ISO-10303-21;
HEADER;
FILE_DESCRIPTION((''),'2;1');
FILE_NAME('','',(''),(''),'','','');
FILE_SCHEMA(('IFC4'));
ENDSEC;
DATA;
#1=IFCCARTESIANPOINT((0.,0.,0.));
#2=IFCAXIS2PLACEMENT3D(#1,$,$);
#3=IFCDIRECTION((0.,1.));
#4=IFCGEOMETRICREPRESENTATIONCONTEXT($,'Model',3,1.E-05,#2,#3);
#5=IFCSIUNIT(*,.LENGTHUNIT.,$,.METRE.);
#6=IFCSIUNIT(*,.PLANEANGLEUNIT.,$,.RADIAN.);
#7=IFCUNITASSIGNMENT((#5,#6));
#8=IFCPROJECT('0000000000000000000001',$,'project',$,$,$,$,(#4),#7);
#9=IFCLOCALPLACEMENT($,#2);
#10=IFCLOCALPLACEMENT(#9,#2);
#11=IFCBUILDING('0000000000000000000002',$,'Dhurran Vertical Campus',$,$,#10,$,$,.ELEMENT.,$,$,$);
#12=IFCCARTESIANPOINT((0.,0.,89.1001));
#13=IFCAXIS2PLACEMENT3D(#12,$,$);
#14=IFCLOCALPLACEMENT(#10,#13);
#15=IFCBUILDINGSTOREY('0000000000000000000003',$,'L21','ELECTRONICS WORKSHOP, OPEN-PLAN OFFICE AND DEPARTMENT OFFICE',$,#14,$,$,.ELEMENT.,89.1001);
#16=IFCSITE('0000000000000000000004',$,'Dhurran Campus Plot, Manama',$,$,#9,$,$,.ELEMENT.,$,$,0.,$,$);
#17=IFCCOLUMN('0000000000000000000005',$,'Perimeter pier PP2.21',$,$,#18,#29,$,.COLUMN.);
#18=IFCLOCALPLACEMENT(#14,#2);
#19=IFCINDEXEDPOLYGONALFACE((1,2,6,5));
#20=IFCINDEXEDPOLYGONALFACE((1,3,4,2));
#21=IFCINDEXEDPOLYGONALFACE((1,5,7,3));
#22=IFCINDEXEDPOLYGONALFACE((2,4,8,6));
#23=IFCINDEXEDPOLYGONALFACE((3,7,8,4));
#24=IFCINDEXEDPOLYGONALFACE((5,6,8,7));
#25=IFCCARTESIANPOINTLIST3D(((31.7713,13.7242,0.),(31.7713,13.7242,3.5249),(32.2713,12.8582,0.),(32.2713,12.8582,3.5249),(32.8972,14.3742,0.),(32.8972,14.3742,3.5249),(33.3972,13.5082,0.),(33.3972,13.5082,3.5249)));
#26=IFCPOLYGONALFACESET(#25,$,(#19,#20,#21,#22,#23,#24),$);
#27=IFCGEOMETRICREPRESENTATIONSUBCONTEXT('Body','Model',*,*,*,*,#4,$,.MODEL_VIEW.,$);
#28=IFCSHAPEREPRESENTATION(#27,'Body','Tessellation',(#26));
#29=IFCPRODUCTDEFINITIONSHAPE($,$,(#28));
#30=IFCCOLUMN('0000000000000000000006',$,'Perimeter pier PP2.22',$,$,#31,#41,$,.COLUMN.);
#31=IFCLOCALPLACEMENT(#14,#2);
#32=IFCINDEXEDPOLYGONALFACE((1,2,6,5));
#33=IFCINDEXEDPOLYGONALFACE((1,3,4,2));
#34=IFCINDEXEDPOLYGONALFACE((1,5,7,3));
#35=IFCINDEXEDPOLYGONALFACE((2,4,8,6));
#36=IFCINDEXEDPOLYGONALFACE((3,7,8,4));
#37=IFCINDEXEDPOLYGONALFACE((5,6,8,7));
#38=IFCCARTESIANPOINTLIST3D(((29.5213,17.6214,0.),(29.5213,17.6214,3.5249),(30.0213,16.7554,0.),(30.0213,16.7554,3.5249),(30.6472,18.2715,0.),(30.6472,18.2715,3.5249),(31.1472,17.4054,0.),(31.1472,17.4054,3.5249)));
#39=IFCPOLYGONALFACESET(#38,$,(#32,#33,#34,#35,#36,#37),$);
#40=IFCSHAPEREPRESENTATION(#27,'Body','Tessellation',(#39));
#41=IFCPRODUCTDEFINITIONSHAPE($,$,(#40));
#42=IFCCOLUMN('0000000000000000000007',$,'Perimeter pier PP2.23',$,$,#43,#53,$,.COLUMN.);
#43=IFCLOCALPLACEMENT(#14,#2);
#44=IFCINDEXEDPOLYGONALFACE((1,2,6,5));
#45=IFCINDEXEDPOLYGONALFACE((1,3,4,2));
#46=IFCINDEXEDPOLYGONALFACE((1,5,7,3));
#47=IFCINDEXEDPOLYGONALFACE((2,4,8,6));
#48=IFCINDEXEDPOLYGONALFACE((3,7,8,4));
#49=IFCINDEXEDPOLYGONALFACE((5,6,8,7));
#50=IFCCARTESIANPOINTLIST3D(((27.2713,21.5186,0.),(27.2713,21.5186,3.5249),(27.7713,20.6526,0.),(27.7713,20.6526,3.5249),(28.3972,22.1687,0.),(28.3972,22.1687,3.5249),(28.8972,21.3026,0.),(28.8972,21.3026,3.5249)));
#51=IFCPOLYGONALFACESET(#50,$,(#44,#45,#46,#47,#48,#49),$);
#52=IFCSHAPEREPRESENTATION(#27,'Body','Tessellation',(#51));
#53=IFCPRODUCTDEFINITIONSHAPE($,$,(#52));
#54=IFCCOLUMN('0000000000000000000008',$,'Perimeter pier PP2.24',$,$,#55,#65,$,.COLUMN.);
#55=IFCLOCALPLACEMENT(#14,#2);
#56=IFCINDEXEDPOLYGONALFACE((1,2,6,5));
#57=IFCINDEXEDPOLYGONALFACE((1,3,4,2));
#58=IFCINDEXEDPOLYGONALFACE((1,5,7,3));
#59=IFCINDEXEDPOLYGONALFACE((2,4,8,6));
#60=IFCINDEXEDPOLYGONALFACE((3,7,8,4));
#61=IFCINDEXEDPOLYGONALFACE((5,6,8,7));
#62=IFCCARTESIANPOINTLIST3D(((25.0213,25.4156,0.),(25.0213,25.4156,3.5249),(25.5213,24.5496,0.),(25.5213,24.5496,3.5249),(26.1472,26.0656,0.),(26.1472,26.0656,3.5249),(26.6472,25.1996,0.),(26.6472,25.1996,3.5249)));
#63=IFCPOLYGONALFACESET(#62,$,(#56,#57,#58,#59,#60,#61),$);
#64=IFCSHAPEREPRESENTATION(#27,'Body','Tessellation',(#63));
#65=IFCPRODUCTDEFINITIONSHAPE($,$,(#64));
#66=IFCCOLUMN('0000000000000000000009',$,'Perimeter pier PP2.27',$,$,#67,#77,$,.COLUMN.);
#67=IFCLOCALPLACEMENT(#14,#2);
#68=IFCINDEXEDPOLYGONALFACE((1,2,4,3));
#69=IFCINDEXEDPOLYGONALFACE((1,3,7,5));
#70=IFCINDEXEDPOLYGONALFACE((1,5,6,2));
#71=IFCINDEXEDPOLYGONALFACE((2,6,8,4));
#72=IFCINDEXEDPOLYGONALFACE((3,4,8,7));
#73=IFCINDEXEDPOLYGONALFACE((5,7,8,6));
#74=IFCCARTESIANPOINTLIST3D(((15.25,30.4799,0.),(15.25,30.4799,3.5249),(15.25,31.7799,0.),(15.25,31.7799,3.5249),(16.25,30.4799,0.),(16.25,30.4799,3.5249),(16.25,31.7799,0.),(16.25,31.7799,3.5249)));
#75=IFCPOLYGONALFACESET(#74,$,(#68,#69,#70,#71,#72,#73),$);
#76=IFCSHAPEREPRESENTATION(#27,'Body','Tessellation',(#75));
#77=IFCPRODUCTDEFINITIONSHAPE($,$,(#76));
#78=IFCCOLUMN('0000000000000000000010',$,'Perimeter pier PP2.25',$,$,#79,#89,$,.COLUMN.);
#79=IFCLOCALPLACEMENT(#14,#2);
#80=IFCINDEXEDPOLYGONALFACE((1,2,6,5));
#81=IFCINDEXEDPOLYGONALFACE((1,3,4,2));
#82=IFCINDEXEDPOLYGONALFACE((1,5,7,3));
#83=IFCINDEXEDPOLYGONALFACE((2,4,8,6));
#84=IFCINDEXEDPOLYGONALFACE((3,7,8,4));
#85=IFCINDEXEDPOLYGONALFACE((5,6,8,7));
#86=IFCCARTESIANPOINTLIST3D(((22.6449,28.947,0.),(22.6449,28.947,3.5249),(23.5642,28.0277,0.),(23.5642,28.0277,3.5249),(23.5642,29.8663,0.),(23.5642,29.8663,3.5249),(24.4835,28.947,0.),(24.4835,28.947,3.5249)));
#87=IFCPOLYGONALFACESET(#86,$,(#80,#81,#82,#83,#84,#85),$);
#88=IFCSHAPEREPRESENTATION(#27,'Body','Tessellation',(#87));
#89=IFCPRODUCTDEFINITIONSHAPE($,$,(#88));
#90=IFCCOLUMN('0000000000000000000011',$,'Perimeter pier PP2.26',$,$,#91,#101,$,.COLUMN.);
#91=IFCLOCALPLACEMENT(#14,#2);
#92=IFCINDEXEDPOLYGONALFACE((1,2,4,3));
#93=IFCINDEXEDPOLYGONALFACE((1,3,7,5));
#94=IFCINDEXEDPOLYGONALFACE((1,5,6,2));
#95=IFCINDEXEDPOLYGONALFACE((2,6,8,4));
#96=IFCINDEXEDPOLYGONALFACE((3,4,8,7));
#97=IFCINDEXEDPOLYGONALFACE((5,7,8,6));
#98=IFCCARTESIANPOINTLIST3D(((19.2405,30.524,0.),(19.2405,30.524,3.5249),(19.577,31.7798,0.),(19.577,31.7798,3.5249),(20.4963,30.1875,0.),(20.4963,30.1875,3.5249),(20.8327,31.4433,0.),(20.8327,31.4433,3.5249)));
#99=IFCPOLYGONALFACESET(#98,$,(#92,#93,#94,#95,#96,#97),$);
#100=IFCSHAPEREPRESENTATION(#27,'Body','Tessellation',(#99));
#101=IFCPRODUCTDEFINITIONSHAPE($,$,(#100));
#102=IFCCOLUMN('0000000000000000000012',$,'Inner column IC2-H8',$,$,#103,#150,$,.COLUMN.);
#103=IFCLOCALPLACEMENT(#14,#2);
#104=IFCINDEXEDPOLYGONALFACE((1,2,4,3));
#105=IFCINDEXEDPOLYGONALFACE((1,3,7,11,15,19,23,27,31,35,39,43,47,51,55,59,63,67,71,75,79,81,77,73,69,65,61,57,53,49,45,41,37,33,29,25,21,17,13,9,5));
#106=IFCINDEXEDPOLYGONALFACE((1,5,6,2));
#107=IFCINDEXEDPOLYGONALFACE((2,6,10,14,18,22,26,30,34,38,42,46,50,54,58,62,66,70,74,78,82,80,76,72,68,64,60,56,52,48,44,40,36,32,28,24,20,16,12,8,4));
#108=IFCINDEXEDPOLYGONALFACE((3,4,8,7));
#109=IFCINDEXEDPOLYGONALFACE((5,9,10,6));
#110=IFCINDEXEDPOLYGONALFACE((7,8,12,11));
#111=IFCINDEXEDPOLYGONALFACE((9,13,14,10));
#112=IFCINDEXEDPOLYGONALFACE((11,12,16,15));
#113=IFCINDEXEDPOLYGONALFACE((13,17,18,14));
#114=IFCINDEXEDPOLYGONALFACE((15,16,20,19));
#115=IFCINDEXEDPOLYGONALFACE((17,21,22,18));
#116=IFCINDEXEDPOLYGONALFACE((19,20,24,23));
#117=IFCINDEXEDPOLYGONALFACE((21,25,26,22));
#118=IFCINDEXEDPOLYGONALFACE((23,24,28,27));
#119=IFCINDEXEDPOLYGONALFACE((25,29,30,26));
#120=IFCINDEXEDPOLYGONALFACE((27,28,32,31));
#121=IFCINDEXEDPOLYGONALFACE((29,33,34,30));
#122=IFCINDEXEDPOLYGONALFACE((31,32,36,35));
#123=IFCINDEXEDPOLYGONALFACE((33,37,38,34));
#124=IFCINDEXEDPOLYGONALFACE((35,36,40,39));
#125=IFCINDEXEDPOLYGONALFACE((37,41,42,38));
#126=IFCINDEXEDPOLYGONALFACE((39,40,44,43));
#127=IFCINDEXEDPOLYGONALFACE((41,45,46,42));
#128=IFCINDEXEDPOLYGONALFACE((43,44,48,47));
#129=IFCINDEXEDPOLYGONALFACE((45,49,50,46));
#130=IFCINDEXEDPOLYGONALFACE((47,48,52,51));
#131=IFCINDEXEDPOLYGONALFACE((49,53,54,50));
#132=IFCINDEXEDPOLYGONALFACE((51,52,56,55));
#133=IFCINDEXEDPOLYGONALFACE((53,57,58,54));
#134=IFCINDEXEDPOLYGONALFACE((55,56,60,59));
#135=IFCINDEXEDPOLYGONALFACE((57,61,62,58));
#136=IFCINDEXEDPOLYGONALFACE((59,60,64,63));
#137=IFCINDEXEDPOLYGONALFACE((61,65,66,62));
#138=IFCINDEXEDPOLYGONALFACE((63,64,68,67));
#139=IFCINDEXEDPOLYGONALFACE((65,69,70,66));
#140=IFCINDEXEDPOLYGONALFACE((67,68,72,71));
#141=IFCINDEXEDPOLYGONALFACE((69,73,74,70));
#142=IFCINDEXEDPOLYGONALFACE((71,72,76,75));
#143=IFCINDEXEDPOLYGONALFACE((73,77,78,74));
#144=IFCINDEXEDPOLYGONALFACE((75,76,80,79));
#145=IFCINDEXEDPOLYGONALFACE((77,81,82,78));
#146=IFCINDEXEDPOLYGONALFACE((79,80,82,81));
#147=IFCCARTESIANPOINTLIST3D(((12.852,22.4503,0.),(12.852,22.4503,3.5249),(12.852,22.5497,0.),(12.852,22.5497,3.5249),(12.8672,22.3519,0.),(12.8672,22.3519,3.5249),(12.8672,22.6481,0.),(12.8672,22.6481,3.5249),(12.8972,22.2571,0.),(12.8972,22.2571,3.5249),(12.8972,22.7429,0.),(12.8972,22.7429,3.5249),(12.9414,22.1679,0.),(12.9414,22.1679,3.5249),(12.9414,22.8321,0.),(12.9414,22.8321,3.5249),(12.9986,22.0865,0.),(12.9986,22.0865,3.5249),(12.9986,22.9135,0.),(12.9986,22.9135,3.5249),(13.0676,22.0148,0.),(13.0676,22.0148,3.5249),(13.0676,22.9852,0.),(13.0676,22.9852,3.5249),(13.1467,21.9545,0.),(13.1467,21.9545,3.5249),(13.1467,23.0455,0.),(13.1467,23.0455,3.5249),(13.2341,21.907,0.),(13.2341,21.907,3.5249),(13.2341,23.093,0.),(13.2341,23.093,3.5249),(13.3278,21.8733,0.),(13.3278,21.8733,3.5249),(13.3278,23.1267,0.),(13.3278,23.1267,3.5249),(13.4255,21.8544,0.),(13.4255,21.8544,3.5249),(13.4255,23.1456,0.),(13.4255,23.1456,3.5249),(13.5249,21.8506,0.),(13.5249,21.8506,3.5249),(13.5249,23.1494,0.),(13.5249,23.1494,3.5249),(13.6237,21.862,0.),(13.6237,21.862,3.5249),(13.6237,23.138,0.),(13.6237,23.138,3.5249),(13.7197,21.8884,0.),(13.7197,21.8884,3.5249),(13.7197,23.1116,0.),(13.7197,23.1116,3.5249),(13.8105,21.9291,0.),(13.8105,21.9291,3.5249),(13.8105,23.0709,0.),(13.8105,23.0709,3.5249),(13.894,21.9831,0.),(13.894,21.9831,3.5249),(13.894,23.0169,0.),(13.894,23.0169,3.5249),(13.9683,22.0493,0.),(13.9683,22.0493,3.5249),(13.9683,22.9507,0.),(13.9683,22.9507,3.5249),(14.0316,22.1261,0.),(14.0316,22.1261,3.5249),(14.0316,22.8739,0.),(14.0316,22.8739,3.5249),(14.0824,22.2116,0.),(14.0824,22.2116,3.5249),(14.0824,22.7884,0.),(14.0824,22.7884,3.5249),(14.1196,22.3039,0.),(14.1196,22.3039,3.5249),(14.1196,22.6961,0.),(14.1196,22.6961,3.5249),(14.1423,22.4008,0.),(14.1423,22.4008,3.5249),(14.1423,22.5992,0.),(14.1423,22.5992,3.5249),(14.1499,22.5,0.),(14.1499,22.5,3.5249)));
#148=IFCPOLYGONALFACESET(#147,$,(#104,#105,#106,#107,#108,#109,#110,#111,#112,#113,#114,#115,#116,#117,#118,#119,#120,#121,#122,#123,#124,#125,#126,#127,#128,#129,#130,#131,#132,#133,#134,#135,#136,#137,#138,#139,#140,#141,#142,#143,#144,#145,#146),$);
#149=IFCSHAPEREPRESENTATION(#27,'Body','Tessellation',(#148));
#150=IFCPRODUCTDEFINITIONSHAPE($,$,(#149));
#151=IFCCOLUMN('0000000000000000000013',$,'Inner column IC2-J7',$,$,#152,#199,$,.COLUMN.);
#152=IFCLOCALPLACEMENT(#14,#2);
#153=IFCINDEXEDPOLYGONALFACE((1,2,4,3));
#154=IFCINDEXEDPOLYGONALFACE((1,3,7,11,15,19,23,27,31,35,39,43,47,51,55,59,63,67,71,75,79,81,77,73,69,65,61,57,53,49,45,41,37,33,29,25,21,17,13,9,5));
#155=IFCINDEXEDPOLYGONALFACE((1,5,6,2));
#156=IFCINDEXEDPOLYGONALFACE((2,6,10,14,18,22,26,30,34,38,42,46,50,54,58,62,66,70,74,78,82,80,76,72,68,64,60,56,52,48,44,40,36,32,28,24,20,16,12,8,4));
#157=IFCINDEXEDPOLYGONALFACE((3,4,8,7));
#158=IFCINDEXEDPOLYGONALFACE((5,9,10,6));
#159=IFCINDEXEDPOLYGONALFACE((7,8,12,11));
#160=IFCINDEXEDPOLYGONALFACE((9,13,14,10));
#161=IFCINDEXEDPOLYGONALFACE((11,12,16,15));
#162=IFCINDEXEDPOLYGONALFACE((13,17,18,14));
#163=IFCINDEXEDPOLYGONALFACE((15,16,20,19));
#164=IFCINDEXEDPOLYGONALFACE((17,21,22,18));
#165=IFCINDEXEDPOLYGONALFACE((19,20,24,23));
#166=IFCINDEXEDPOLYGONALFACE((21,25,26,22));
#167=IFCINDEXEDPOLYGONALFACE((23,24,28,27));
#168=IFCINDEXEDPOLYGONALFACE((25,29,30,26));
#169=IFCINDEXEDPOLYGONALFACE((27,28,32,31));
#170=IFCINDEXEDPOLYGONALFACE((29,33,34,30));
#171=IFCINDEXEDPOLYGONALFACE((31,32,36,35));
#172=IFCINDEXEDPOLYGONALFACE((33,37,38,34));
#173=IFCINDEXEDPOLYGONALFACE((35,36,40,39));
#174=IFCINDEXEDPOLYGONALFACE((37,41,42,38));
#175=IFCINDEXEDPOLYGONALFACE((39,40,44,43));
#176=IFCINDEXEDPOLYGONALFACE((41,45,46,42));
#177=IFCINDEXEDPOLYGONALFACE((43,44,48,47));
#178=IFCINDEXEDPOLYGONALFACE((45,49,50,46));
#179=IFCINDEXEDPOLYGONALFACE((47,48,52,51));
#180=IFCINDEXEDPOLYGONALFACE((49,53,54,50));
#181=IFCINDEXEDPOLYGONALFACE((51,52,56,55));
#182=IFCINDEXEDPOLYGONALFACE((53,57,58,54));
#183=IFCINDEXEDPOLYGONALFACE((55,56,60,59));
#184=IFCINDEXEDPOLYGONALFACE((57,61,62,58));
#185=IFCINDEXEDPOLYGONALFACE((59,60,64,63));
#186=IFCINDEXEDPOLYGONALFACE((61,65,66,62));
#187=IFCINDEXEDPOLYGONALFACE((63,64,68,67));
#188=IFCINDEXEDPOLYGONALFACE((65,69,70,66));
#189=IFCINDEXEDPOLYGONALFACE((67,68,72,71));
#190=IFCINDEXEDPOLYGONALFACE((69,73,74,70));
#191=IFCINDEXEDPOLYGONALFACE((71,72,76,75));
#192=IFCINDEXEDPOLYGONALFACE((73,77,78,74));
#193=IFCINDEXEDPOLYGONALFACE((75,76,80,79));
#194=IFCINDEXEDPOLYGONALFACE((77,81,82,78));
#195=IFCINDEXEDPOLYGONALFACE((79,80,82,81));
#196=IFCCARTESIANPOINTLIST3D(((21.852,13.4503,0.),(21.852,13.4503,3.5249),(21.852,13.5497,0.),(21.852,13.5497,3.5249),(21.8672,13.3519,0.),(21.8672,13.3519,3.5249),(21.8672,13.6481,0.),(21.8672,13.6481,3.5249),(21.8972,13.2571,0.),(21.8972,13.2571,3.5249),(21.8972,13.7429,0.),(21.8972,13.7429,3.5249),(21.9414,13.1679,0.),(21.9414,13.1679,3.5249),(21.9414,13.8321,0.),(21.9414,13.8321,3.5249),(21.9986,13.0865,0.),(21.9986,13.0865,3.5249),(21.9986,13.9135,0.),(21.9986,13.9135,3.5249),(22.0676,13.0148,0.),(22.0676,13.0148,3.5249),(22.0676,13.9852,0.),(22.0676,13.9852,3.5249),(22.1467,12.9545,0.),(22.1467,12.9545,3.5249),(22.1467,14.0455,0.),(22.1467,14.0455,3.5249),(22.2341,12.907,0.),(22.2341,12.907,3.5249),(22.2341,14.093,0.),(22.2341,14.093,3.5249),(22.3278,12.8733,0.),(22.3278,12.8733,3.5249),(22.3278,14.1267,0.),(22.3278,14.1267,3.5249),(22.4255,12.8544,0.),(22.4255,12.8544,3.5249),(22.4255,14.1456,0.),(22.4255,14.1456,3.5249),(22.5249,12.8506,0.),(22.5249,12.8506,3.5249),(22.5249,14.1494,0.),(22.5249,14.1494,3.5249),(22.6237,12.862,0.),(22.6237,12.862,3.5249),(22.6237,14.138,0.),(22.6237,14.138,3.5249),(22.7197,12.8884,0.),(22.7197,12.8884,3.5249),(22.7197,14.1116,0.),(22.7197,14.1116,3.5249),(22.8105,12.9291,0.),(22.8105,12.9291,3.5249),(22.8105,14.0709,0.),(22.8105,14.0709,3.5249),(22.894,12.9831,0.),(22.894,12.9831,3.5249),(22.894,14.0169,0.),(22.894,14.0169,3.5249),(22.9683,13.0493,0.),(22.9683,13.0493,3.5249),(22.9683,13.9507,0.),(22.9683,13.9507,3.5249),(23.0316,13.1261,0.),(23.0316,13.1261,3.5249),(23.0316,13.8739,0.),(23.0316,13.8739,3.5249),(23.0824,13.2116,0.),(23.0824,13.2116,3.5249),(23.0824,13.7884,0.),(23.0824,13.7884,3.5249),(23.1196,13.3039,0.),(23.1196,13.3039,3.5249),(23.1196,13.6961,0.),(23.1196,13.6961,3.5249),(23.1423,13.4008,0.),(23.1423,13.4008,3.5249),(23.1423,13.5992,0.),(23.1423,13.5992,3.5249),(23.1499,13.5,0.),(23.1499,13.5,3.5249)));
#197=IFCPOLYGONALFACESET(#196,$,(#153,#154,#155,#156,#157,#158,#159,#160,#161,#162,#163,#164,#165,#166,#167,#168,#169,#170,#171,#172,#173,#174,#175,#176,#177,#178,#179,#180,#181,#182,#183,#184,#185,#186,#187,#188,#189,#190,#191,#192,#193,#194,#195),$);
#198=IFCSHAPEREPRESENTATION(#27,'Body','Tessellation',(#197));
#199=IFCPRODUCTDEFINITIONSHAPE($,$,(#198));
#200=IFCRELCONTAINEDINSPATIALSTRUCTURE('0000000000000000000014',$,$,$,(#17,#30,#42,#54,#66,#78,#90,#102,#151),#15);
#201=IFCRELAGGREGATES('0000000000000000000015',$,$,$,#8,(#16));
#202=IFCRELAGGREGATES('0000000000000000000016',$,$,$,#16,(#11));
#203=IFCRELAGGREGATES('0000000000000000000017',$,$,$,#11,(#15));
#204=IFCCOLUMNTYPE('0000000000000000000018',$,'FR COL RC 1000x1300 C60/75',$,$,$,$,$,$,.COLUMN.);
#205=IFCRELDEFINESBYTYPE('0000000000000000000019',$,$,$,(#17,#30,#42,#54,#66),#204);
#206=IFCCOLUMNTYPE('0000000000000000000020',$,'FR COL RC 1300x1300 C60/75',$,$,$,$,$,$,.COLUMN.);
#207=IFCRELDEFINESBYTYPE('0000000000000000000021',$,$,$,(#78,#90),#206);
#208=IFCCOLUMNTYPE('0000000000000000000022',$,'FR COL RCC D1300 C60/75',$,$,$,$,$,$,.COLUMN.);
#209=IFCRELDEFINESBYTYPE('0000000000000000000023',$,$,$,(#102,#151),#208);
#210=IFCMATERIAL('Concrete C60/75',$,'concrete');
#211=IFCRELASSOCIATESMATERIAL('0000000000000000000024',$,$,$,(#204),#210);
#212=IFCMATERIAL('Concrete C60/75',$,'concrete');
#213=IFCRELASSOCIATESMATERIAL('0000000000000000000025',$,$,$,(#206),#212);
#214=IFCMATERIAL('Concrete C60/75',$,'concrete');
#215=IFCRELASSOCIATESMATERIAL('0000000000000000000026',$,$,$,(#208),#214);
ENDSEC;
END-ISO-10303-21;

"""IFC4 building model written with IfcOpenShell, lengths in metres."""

from ifc_helpers import new_model, si_unit, direction, frame, origin, origin_2d, place, context, subcontext, project, spatial, rectangle, circle, extrude, material, material_profile, profile_set, type_object, element, save


model = new_model("IFC4")

# Units and contexts
model_context = context("Model", 3, precision=1e-05, world=origin(), true_north=direction((0.0, 1.0)))
body_context = subcontext(model_context, "Body", "Model", "MODEL_VIEW")
ifc_project = project(units=[si_unit("LENGTHUNIT", "METRE"), si_unit("PLANEANGLEUNIT", "RADIAN")], contexts=[model_context])

# Site, building, storey
site_placement = place(None, origin())
site = spatial("IfcSite", under=ifc_project, at=site_placement, Name="Dhurran Campus Plot, Manama", CompositionType="ELEMENT", RefElevation=0.0)
building_placement = place(site_placement, origin())
building = spatial("IfcBuilding", under=site, at=building_placement, Name="Dhurran Vertical Campus", CompositionType="ELEMENT")
storey_placement = place(building_placement, frame((0.0, 0.0, 89.1001)))
storey = spatial("IfcBuildingStorey", under=building, at=storey_placement, Name="L21", Description="ELECTRONICS WORKSHOP, OPEN-PLAN OFFICE AND DEPARTMENT OFFICE", CompositionType="ELEMENT", Elevation=89.1001)

# Columns
ifc_material_1 = material(Name="Concrete C60/75", Category="concrete")
ifc_material_profile_1 = material_profile(ifc_material_1, rectangle(XDim=1.0, YDim=1.3, at=origin_2d()), Name="RC 1000x1300")
ifc_profile_set_1 = profile_set([ifc_material_profile_1], Name="Concrete C60/75")
column_type_1 = type_object("IfcColumnType", Name="FR COL RC 1000x1300 C60/75", PredefinedType="COLUMN", material=ifc_profile_set_1)
for number, where, z_axis, x_axis, name in (
    (1, (32.5842, 13.6162, 0.0), (0.0, 0.0, 1.0), (-0.5, 0.866025, 0.0), "Perimeter pier PP2.21"),
    (2, (30.3342, 17.5134, 0.0), (0.0, 0.0, 1.0), (-0.5, 0.866025, 0.0), "Perimeter pier PP2.22"),
    (3, (28.0842, 21.4106, 0.0), (0.0, 0.0, 1.0), (-0.5, 0.866025, 0.0), "Perimeter pier PP2.23"),
    (4, (25.8342, 25.3076, 0.0), (0.0, 0.0, 1.0), (-0.5, 0.866025, 0.0), "Perimeter pier PP2.24"),
    (5, (15.75, 31.1299, 0.0), (0.0, 0.0, 1.0), (-1.0, 0.0, 0.0), "Perimeter pier PP2.27"),
):
    element("IfcColumn", number, at=place(storey_placement, frame(where, z_axis=z_axis, x_axis=x_axis)), inside=storey, type_object=column_type_1, Name=name, PredefinedType="COLUMN", context=body_context, shape_type="SweptSolid", body=[
        extrude(rectangle(XDim=1.0, YDim=1.3, at=origin_2d()), origin(), (0.0, 0.0, 1.0), 3.5249),
    ])
ifc_material_2 = material(Name="Concrete C60/75", Category="concrete")
ifc_material_profile_2 = material_profile(ifc_material_2, rectangle(XDim=1.3, YDim=1.3, at=origin_2d()), Name="RC 1300x1300")
ifc_profile_set_2 = profile_set([ifc_material_profile_2], Name="Concrete C60/75")
column_type_2 = type_object("IfcColumnType", Name="FR COL RC 1300x1300 C60/75", PredefinedType="COLUMN", material=ifc_profile_set_2)
for number, where, z_axis, x_axis, name in (
    (6, (23.5642, 28.947, 0.0), (0.0, 0.0, 1.0), (-0.707107, 0.707107, 0.0), "Perimeter pier PP2.25"),
    (7, (20.0366, 30.9836, 0.0), (0.0, 0.0, 1.0), (-0.965926, 0.258819, 0.0), "Perimeter pier PP2.26"),
):
    element("IfcColumn", number, at=place(storey_placement, frame(where, z_axis=z_axis, x_axis=x_axis)), inside=storey, type_object=column_type_2, Name=name, PredefinedType="COLUMN", context=body_context, shape_type="SweptSolid", body=[
        extrude(rectangle(XDim=1.3, YDim=1.3, at=origin_2d()), origin(), (0.0, 0.0, 1.0), 3.5249),
    ])
ifc_material_3 = material(Name="Concrete C60/75", Category="concrete")
ifc_material_profile_3 = material_profile(ifc_material_3, circle(Radius=0.6499, at=origin_2d()), Name="RCC D1300")
ifc_profile_set_3 = profile_set([ifc_material_profile_3], Name="Concrete C60/75")
column_type_3 = type_object("IfcColumnType", Name="FR COL RCC D1300 C60/75", PredefinedType="COLUMN", material=ifc_profile_set_3)
for number, where, z_axis, x_axis, name in (
    (8, (13.5, 22.5, 0.0), (0.0, 0.0, 1.0), (1.0, 0.0, 0.0), "Inner column IC2-H8"),
    (9, (22.5, 13.5, 0.0), (0.0, 0.0, 1.0), (1.0, 0.0, 0.0), "Inner column IC2-J7"),
):
    element("IfcColumn", number, at=place(storey_placement, frame(where, z_axis=z_axis, x_axis=x_axis)), inside=storey, type_object=column_type_3, Name=name, PredefinedType="COLUMN", context=body_context, shape_type="SweptSolid", body=[
        extrude(circle(Radius=0.6499, at=origin_2d()), origin(), (0.0, 0.0, 1.0), 3.5249),
    ])

save(model, "model.ifc")
